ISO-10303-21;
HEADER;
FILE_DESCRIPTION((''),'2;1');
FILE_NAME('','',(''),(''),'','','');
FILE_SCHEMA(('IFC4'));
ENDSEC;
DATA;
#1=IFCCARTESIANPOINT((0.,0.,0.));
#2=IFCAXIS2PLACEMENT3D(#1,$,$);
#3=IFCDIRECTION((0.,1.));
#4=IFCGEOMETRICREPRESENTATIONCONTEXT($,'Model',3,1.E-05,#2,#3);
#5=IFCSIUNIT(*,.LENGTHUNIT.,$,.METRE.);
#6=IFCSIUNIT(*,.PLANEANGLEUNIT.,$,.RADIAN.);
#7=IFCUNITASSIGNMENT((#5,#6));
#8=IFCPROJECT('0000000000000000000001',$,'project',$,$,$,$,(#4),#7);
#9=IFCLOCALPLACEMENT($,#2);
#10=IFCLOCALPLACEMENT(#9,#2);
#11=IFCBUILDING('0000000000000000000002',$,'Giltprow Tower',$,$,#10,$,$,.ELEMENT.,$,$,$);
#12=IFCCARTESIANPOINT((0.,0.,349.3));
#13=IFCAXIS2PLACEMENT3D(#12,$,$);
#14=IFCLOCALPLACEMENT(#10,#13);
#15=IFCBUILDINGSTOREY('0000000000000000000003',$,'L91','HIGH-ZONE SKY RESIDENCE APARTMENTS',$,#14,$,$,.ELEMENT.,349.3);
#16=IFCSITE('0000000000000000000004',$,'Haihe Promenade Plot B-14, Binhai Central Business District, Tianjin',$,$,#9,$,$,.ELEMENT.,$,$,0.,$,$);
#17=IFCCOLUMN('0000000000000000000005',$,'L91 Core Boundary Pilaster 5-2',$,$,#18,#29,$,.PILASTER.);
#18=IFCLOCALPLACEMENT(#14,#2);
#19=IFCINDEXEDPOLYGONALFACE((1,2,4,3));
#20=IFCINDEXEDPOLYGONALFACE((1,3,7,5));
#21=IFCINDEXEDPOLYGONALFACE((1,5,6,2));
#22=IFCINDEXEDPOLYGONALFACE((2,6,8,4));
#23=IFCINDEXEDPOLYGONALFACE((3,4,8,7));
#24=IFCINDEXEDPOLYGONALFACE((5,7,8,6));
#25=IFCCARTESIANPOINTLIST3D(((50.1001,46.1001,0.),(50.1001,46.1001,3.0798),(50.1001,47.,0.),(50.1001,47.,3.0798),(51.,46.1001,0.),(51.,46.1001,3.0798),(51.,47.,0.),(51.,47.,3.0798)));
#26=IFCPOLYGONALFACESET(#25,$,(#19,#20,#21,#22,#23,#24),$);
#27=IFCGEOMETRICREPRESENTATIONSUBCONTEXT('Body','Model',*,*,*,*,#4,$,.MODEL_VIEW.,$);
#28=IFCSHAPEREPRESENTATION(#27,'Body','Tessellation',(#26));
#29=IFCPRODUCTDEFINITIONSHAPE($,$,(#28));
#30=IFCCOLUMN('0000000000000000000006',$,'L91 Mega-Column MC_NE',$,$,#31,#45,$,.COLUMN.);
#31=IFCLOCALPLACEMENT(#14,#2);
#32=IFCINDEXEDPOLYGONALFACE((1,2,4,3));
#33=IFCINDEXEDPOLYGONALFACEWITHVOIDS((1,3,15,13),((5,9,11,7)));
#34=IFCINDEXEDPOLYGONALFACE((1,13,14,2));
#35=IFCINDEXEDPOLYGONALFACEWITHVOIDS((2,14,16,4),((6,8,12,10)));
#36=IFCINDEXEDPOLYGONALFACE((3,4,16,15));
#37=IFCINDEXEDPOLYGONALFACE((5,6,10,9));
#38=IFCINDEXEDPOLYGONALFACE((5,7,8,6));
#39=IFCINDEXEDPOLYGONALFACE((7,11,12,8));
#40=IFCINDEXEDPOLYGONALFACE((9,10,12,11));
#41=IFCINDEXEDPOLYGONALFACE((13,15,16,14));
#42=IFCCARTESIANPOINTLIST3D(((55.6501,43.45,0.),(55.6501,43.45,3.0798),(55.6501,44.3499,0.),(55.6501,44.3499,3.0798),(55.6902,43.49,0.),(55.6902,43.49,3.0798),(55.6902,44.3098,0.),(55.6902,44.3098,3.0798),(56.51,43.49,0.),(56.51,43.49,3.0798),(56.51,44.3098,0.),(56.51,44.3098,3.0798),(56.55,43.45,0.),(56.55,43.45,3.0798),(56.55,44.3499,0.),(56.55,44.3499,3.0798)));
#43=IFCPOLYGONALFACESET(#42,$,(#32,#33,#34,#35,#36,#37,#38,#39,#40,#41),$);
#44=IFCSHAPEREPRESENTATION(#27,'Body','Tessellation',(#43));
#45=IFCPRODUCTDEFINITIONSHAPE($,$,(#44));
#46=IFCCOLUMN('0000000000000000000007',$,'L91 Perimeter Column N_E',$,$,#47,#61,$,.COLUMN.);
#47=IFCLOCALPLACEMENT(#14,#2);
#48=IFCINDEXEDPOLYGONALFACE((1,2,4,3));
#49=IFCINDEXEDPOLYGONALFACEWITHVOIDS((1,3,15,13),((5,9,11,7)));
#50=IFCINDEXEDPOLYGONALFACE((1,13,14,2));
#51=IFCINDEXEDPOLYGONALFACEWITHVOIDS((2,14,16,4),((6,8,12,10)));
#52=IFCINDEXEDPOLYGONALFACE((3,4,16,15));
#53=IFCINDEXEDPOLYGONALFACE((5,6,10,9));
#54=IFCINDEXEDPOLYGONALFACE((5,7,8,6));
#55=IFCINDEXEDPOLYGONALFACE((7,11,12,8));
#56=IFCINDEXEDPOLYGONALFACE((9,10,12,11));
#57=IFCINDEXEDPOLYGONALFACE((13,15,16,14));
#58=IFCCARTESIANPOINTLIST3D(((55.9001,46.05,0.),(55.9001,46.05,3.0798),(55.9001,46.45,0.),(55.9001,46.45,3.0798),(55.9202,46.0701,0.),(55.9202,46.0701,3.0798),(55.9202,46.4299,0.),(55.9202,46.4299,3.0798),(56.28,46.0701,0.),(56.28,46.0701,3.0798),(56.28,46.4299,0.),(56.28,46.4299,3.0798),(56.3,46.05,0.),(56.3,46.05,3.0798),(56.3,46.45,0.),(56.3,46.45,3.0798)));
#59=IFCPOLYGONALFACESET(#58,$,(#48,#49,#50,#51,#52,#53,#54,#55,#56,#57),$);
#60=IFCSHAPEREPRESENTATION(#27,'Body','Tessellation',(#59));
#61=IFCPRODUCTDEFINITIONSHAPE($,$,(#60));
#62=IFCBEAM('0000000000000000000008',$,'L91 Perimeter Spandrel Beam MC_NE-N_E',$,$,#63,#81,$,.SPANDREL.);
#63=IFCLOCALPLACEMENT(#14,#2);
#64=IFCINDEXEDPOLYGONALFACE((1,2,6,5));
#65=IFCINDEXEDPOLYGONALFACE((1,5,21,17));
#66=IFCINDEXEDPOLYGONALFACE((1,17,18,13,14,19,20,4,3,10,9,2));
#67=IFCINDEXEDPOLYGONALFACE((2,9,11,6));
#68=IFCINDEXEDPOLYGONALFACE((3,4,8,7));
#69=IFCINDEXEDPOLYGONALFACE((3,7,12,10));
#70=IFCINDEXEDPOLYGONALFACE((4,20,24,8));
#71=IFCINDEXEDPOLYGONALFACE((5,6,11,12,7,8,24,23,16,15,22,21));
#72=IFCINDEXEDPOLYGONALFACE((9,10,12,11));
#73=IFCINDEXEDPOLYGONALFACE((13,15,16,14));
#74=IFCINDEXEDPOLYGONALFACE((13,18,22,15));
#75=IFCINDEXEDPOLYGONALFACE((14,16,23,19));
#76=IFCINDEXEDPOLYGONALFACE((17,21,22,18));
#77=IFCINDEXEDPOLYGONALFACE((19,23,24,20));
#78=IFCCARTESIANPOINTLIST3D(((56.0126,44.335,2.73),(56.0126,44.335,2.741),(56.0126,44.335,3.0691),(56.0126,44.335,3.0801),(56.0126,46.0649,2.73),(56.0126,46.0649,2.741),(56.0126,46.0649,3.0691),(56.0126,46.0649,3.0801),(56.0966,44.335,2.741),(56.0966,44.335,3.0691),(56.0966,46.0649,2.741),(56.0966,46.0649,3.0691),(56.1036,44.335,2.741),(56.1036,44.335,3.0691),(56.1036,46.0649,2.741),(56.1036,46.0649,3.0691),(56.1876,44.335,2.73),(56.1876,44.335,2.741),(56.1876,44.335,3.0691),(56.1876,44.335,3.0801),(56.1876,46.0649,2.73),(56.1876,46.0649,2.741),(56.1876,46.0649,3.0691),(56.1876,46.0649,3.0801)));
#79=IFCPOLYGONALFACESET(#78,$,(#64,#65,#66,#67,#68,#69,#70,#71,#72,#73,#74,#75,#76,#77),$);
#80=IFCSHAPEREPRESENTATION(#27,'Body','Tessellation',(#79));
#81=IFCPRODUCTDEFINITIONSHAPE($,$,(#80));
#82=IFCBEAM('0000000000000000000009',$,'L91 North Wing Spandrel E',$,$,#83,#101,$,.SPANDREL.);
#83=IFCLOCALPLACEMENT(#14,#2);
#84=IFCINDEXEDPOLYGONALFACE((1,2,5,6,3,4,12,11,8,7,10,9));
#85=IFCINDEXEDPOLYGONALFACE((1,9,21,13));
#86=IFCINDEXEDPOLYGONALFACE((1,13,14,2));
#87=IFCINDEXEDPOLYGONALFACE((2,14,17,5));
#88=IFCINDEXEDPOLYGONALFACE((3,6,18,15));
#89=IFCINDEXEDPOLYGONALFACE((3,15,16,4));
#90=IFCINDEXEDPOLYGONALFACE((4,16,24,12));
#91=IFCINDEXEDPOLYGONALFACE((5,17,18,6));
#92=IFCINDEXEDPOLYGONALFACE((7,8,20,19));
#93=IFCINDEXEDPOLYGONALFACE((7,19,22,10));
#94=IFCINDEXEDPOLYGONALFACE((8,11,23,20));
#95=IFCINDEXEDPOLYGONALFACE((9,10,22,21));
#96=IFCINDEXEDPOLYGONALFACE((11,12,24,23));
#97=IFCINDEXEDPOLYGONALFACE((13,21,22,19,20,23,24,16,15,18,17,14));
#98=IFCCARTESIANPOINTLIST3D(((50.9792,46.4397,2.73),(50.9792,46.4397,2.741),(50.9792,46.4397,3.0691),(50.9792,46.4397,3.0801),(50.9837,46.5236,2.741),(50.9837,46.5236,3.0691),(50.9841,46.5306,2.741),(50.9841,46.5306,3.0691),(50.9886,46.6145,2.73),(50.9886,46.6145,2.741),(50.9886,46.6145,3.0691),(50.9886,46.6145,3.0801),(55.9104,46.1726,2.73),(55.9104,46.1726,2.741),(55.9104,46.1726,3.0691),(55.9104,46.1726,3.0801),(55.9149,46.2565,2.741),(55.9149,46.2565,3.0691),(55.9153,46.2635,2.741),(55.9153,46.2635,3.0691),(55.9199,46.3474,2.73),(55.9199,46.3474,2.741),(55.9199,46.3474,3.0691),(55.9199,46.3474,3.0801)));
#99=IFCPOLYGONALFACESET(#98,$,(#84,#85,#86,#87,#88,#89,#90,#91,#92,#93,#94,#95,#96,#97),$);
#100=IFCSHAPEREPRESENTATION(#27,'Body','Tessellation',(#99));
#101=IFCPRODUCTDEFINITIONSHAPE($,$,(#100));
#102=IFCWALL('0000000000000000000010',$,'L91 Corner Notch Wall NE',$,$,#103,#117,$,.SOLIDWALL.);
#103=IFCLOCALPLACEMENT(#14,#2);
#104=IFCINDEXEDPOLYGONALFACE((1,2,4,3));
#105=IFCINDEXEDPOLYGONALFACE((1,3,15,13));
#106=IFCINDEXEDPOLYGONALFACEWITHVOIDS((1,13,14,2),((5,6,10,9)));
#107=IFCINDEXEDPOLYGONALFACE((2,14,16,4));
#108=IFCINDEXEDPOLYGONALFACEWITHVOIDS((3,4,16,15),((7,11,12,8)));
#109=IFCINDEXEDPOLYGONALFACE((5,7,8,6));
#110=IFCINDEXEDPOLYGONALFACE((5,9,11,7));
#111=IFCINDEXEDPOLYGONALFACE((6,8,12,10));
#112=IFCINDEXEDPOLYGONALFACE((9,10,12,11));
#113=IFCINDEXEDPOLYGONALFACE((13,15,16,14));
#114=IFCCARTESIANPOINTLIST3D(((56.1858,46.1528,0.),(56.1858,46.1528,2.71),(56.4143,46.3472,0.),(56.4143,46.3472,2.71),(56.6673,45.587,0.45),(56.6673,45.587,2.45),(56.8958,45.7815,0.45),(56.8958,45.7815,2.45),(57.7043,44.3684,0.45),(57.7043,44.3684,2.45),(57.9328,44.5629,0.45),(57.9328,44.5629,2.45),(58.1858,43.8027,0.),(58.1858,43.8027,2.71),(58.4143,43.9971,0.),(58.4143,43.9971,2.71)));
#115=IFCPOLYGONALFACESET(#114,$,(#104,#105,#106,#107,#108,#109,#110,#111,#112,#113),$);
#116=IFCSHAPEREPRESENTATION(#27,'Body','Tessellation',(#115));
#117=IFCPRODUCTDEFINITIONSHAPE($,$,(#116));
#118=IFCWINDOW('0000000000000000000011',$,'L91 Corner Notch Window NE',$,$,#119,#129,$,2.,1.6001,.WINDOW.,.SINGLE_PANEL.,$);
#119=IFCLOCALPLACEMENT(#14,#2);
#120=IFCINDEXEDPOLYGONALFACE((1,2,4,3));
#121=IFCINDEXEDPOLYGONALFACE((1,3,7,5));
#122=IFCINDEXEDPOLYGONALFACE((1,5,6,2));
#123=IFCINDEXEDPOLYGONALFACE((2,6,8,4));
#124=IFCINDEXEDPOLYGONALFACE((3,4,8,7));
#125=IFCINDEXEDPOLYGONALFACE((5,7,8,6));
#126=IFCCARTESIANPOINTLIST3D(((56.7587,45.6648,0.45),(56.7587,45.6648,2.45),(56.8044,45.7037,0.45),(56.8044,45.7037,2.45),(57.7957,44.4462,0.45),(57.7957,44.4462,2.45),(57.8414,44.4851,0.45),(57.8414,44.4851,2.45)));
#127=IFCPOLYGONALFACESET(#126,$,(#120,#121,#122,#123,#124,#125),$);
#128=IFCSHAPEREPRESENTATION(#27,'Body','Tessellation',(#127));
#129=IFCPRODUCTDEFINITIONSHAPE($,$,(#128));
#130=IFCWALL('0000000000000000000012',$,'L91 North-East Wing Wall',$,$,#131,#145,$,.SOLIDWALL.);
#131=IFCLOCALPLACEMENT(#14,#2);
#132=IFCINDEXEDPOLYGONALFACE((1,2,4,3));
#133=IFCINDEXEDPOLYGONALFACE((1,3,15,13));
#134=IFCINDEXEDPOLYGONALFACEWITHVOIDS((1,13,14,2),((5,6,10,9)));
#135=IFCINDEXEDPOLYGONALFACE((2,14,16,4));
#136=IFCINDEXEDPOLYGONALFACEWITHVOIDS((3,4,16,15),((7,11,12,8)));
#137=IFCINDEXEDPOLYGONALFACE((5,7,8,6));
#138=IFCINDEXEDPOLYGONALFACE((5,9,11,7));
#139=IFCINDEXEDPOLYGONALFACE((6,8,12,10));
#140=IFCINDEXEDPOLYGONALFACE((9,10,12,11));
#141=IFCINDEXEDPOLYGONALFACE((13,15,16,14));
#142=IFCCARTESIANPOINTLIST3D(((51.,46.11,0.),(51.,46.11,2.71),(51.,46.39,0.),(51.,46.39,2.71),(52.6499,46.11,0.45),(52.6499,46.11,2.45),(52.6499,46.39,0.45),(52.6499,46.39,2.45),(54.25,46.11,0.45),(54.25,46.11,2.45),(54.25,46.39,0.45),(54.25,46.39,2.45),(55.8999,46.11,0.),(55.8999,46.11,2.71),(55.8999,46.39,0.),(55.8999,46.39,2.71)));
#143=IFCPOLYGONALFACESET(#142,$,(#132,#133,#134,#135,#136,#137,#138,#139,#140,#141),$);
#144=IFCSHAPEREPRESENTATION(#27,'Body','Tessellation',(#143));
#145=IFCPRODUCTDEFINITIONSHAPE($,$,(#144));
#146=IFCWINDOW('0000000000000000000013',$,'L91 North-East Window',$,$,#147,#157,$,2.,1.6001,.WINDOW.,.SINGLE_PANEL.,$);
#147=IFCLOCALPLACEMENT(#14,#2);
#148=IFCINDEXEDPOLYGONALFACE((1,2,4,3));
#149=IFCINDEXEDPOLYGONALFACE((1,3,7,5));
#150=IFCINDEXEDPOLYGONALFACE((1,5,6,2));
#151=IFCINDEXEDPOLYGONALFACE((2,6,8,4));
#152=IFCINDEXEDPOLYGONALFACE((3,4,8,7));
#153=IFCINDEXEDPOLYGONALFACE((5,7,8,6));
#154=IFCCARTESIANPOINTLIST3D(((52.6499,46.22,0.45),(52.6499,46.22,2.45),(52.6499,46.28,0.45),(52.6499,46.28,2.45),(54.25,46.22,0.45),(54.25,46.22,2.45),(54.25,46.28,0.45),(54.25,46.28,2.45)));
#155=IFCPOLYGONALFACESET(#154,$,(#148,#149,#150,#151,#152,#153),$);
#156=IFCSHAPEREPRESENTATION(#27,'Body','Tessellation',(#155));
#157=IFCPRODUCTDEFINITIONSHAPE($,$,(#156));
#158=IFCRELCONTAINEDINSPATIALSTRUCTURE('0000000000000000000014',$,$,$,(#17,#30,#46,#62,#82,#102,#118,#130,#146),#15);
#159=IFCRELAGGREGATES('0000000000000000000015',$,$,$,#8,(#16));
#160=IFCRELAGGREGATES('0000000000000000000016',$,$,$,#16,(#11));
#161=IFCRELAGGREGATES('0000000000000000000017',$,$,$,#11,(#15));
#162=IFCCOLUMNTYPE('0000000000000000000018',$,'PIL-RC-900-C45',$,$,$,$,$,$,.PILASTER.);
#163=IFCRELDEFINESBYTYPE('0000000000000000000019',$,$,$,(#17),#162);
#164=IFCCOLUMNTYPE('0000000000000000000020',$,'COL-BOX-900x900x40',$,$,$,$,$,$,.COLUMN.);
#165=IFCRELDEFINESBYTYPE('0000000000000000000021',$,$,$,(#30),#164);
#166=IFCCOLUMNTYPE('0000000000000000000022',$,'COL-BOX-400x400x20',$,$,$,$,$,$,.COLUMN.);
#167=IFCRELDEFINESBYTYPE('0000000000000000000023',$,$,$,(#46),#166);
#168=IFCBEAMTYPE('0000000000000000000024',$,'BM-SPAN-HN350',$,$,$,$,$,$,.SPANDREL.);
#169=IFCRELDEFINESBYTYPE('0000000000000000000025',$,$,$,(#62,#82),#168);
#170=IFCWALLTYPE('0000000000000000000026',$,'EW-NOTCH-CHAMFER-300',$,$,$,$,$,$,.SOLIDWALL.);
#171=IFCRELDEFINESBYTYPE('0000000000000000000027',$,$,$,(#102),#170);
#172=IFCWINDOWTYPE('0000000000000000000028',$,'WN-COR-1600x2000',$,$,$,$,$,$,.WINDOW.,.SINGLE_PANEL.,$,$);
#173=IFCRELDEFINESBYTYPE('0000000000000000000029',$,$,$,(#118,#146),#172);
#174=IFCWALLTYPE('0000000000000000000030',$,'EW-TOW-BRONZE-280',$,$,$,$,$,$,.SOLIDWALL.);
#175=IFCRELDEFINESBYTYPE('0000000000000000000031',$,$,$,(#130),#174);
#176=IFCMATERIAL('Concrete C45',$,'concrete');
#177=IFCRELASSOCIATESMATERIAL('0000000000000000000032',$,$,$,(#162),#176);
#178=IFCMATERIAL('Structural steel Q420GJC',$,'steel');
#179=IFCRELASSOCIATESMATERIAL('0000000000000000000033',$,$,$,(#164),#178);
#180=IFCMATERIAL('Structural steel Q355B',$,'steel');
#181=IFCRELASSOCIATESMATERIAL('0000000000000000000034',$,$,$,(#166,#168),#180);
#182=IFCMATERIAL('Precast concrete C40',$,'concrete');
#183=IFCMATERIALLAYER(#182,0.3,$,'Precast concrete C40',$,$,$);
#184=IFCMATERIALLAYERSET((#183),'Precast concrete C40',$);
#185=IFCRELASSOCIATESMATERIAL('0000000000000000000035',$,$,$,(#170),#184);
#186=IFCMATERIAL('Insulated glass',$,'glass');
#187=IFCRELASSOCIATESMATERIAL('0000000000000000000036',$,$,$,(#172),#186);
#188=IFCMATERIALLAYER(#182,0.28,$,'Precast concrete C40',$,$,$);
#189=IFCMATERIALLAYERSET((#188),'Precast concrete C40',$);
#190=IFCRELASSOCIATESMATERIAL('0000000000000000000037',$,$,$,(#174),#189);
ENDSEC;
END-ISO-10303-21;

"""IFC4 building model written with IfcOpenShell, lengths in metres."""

from ifc_helpers import new_model, si_unit, direction, frame, frame_2d, origin, origin_2d, place, context, subcontext, project, spatial, rectangle, hollow_rectangle, i_section, extrude, source, transform, mapped, material, layer, layer_set, material_profile, profile_set, type_object, element, fill, save


model = new_model("IFC4")

# Units and contexts
model_context = context("Model", 3, precision=1e-05, world=origin(), true_north=direction((0.0, 1.0)))
body_context = subcontext(model_context, "Body", "Model", "MODEL_VIEW")
ifc_project = project(units=[si_unit("LENGTHUNIT", "METRE"), si_unit("PLANEANGLEUNIT", "RADIAN")], contexts=[model_context])

# Site, building, storey
site_placement = place(None, origin())
site = spatial("IfcSite", under=ifc_project, at=site_placement, Name="Haihe Promenade Plot B-14, Binhai Central Business District, Tianjin", CompositionType="ELEMENT", RefElevation=0.0)
building_placement = place(site_placement, origin())
building = spatial("IfcBuilding", under=site, at=building_placement, Name="Giltprow Tower", CompositionType="ELEMENT")
storey_placement = place(building_placement, frame((0.0, 0.0, 349.3)))
storey = spatial("IfcBuildingStorey", under=building, at=storey_placement, Name="L91", Description="HIGH-ZONE SKY RESIDENCE APARTMENTS", CompositionType="ELEMENT", Elevation=349.3)

# Columns
ifc_material_1 = material(Name="Concrete C45", Category="concrete")
ifc_material_profile_1 = material_profile(ifc_material_1, rectangle(XDim=0.8999, YDim=0.8999, at=origin_2d()), Name="RC 900x900")
ifc_profile_set_1 = profile_set([ifc_material_profile_1], Name="Concrete C45")
column_type_1 = type_object("IfcColumnType", Name="PIL-RC-900-C45", PredefinedType="PILASTER", material=ifc_profile_set_1)
shared_shape_1 = source(origin(), body_context, "Body", "SweptSolid", [
    extrude(rectangle(XDim=0.8999, YDim=0.8999, at=origin_2d()), origin(), (0.0, 0.0, 1.0), 3.0798),
])
column_1_placement = place(storey_placement, frame((50.55, 46.55, 0.0), z_axis=(0.0, 0.0, 1.0), x_axis=(1.0, 0.0, 0.0)))
element("IfcColumn", 1, at=column_1_placement, inside=storey, type_object=column_type_1, Name="L91 Core Boundary Pilaster 5-2", PredefinedType="PILASTER", context=body_context, shape_type="MappedRepresentation", body=[
    mapped(shared_shape_1, transform((0.0, 0.0, 0.0), x_axis=(1.0, 0.0, 0.0), y_axis=(0.0, 1.0, 0.0), z_axis=(0.0, 0.0, 1.0), scale=1.0)),
])
ifc_material_2 = material(Name="Structural steel Q420GJC", Category="steel")
ifc_material_profile_2 = material_profile(ifc_material_2, hollow_rectangle(XDim=0.8999, YDim=0.8999, WallThickness=0.04, at=origin_2d()), Name="BOX 900x900x40")
ifc_profile_set_2 = profile_set([ifc_material_profile_2], Name="Structural steel Q420GJC")
column_type_2 = type_object("IfcColumnType", Name="COL-BOX-900x900x40", PredefinedType="COLUMN", material=ifc_profile_set_2)
shared_shape_2 = source(origin(), body_context, "Body", "SweptSolid", [
    extrude(hollow_rectangle(XDim=0.8999, YDim=0.8999, WallThickness=0.04, at=origin_2d()), origin(), (0.0, 0.0, 1.0), 3.0798),
])
column_2_placement = place(storey_placement, frame((56.1001, 43.8999, 0.0), z_axis=(0.0, 0.0, 1.0), x_axis=(1.0, 0.0, 0.0)))
element("IfcColumn", 2, at=column_2_placement, inside=storey, type_object=column_type_2, Name="L91 Mega-Column MC_NE", PredefinedType="COLUMN", context=body_context, shape_type="MappedRepresentation", body=[
    mapped(shared_shape_2, transform((0.0, 0.0, 0.0), x_axis=(1.0, 0.0, 0.0), y_axis=(0.0, 1.0, 0.0), z_axis=(0.0, 0.0, 1.0), scale=1.0)),
])
ifc_material_3 = material(Name="Structural steel Q355B", Category="steel")
ifc_material_profile_3 = material_profile(ifc_material_3, hollow_rectangle(XDim=0.3999, YDim=0.3999, WallThickness=0.02, at=origin_2d()), Name="BOX 400x400x20")
ifc_profile_set_3 = profile_set([ifc_material_profile_3], Name="Structural steel Q355B")
column_type_3 = type_object("IfcColumnType", Name="COL-BOX-400x400x20", PredefinedType="COLUMN", material=ifc_profile_set_3)
shared_shape_3 = source(origin(), body_context, "Body", "SweptSolid", [
    extrude(hollow_rectangle(XDim=0.3999, YDim=0.3999, WallThickness=0.02, at=origin_2d()), origin(), (0.0, 0.0, 1.0), 3.0798),
])
column_3_placement = place(storey_placement, frame((56.1001, 46.25, 0.0), z_axis=(0.0, 0.0, 1.0), x_axis=(1.0, 0.0, 0.0)))
element("IfcColumn", 3, at=column_3_placement, inside=storey, type_object=column_type_3, Name="L91 Perimeter Column N_E", PredefinedType="COLUMN", context=body_context, shape_type="MappedRepresentation", body=[
    mapped(shared_shape_3, transform((0.0, 0.0, 0.0), x_axis=(1.0, 0.0, 0.0), y_axis=(0.0, 1.0, 0.0), z_axis=(0.0, 0.0, 1.0), scale=1.0)),
])

# Beams
ifc_material_profile_4 = material_profile(ifc_material_3, i_section(OverallWidth=0.175, OverallDepth=0.3501, WebThickness=0.0071, FlangeThickness=0.011, at=origin_2d()), Name="HN 350x175x7x11")
ifc_profile_set_4 = profile_set([ifc_material_profile_4], Name="Structural steel Q355B")
beam_type = type_object("IfcBeamType", Name="BM-SPAN-HN350", PredefinedType="SPANDREL", material=ifc_profile_set_4)
shared_shape_4 = source(origin(), body_context, "Body", "SweptSolid", [
    extrude(i_section(OverallWidth=0.175, OverallDepth=0.3501, WebThickness=0.0071, FlangeThickness=0.011, at=origin_2d()), origin(), (0.0, 0.0, 1.0), 1.73),
])
beam_1_placement = place(storey_placement, frame((56.1001, 44.335, 2.905), z_axis=(0.0, 1.0, 0.0), x_axis=(-1.0, 0.0, 0.0)))
element("IfcBeam", 4, at=beam_1_placement, inside=storey, type_object=beam_type, Name="L91 Perimeter Spandrel Beam MC_NE-N_E", PredefinedType="SPANDREL", context=body_context, shape_type="MappedRepresentation", body=[
    mapped(shared_shape_4, transform((0.0, 0.0, 0.0), x_axis=(1.0, 0.0, 0.0), y_axis=(0.0, 1.0, 0.0), z_axis=(0.0, 0.0, 1.0), scale=1.0)),
])
shared_shape_5 = source(origin(), body_context, "Body", "SweptSolid", [
    extrude(i_section(OverallWidth=0.175, OverallDepth=0.3501, WebThickness=0.0071, FlangeThickness=0.011, at=origin_2d()), origin(), (0.0, 0.0, 1.0), 4.9385),
])
beam_2_placement = place(storey_placement, frame((50.9839, 46.5271, 2.905), z_axis=(0.998536, -0.054085, 0.0), x_axis=(0.054085, 0.998536, 0.0)))
element("IfcBeam", 5, at=beam_2_placement, inside=storey, type_object=beam_type, Name="L91 North Wing Spandrel E", PredefinedType="SPANDREL", context=body_context, shape_type="MappedRepresentation", body=[
    mapped(shared_shape_5, transform((0.0, 0.0, 0.0), x_axis=(1.0, 0.0, 0.0), y_axis=(0.0, 1.0, 0.0), z_axis=(0.0, 0.0, 1.0), scale=1.0)),
])

# Walls, openings, windows
ifc_material_4 = material(Name="Precast concrete C40", Category="concrete")
ifc_layer_1 = layer(ifc_material_4, 0.3, Name="Precast concrete C40")
ifc_layer_set_1 = layer_set([ifc_layer_1], Name="Precast concrete C40")
wall_type_1 = type_object("IfcWallType", Name="EW-NOTCH-CHAMFER-300", PredefinedType="SOLIDWALL", material=ifc_layer_set_1)
wall_1_placement = place(storey_placement, frame((58.3, 43.8999, 0.0), z_axis=(0.0, 0.0, 1.0), x_axis=(-0.648103, 0.761553, 0.0)))
wall_1 = element("IfcWall", 6, at=wall_1_placement, inside=storey, type_object=wall_type_1, Name="L91 Corner Notch Wall NE", PredefinedType="SOLIDWALL", context=body_context, shape_type="SweptSolid", body=[
    extrude(rectangle(XDim=3.0859, YDim=0.3, at=frame_2d((1.543, 0.0))), origin(), (0.0, 0.0, 1.0), 2.71),
])
opening_1_placement = place(wall_1_placement, frame((0.7429, 0.0, 0.45)))
opening_1 = element("IfcOpeningElement", 7, at=opening_1_placement, cuts=wall_1, PredefinedType="OPENING", context=body_context, shape_type="SweptSolid", body=[
    extrude(rectangle(XDim=1.6001, YDim=2.0, at=frame_2d((0.8, 1.0))), frame((0.0, 0.1599, 0.0), z_axis=(0.0, -1.0, 0.0), x_axis=(1.0, 0.0, 0.0)), (0.0, 0.0, 1.0), 0.3201),
])
ifc_material_5 = material(Name="Insulated glass", Category="glass")
window_type = type_object("IfcWindowType", Name="WN-COR-1600x2000", PartitioningType="SINGLE_PANEL", PredefinedType="WINDOW", material=ifc_material_5)
shared_shape_6 = source(origin(), body_context, "Body", "SweptSolid", [
    extrude(rectangle(XDim=1.6001, YDim=2.0, at=frame_2d((0.8, 1.0))), frame((0.0, 0.03, 0.0), z_axis=(0.0, -1.0, 0.0), x_axis=(1.0, 0.0, 0.0)), (0.0, 0.0, 1.0), 0.0601),
])
window_1_placement = place(opening_1_placement, origin())
window_1 = element("IfcWindow", 8, at=window_1_placement, inside=storey, type_object=window_type, Name="L91 Corner Notch Window NE", OverallHeight=2.0, OverallWidth=1.6001, PartitioningType="SINGLE_PANEL", PredefinedType="WINDOW", context=body_context, shape_type="MappedRepresentation", body=[
    mapped(shared_shape_6, transform((0.0, 0.0, 0.0), x_axis=(1.0, 0.0, 0.0), y_axis=(0.0, 1.0, 0.0), z_axis=(0.0, 0.0, 1.0), scale=1.0)),
])
fill(opening_1, window_1)
ifc_layer_2 = layer(ifc_material_4, 0.28, Name="Precast concrete C40")
ifc_layer_set_2 = layer_set([ifc_layer_2], Name="Precast concrete C40")
wall_type_2 = type_object("IfcWallType", Name="EW-TOW-BRONZE-280", PredefinedType="SOLIDWALL", material=ifc_layer_set_2)
wall_2_placement = place(storey_placement, frame((51.0, 46.25, 0.0), z_axis=(0.0, 0.0, 1.0), x_axis=(1.0, 0.0, 0.0)))
wall_2 = element("IfcWall", 9, at=wall_2_placement, inside=storey, type_object=wall_type_2, Name="L91 North-East Wing Wall", PredefinedType="SOLIDWALL", context=body_context, shape_type="SweptSolid", body=[
    extrude(rectangle(XDim=4.8999, YDim=0.28, at=frame_2d((2.45, 0.0))), origin(), (0.0, 0.0, 1.0), 2.71),
])
opening_2_placement = place(wall_2_placement, frame((1.6499, 0.0, 0.45)))
opening_2 = element("IfcOpeningElement", 10, at=opening_2_placement, cuts=wall_2, PredefinedType="OPENING", context=body_context, shape_type="SweptSolid", body=[
    extrude(rectangle(XDim=1.6001, YDim=2.0, at=frame_2d((0.8, 1.0))), frame((0.0, 0.1499, 0.0), z_axis=(0.0, -1.0, 0.0), x_axis=(1.0, 0.0, 0.0)), (0.0, 0.0, 1.0), 0.3),
])
window_2_placement = place(opening_2_placement, origin())
window_2 = element("IfcWindow", 11, at=window_2_placement, inside=storey, type_object=window_type, Name="L91 North-East Window", OverallHeight=2.0, OverallWidth=1.6001, PartitioningType="SINGLE_PANEL", PredefinedType="WINDOW", context=body_context, shape_type="MappedRepresentation", body=[
    mapped(shared_shape_6, transform((0.0, 0.0, 0.0), x_axis=(1.0, 0.0, 0.0), y_axis=(0.0, 1.0, 0.0), z_axis=(0.0, 0.0, 1.0), scale=1.0)),
])
fill(opening_2, window_2)

save(model, "model.ifc")
